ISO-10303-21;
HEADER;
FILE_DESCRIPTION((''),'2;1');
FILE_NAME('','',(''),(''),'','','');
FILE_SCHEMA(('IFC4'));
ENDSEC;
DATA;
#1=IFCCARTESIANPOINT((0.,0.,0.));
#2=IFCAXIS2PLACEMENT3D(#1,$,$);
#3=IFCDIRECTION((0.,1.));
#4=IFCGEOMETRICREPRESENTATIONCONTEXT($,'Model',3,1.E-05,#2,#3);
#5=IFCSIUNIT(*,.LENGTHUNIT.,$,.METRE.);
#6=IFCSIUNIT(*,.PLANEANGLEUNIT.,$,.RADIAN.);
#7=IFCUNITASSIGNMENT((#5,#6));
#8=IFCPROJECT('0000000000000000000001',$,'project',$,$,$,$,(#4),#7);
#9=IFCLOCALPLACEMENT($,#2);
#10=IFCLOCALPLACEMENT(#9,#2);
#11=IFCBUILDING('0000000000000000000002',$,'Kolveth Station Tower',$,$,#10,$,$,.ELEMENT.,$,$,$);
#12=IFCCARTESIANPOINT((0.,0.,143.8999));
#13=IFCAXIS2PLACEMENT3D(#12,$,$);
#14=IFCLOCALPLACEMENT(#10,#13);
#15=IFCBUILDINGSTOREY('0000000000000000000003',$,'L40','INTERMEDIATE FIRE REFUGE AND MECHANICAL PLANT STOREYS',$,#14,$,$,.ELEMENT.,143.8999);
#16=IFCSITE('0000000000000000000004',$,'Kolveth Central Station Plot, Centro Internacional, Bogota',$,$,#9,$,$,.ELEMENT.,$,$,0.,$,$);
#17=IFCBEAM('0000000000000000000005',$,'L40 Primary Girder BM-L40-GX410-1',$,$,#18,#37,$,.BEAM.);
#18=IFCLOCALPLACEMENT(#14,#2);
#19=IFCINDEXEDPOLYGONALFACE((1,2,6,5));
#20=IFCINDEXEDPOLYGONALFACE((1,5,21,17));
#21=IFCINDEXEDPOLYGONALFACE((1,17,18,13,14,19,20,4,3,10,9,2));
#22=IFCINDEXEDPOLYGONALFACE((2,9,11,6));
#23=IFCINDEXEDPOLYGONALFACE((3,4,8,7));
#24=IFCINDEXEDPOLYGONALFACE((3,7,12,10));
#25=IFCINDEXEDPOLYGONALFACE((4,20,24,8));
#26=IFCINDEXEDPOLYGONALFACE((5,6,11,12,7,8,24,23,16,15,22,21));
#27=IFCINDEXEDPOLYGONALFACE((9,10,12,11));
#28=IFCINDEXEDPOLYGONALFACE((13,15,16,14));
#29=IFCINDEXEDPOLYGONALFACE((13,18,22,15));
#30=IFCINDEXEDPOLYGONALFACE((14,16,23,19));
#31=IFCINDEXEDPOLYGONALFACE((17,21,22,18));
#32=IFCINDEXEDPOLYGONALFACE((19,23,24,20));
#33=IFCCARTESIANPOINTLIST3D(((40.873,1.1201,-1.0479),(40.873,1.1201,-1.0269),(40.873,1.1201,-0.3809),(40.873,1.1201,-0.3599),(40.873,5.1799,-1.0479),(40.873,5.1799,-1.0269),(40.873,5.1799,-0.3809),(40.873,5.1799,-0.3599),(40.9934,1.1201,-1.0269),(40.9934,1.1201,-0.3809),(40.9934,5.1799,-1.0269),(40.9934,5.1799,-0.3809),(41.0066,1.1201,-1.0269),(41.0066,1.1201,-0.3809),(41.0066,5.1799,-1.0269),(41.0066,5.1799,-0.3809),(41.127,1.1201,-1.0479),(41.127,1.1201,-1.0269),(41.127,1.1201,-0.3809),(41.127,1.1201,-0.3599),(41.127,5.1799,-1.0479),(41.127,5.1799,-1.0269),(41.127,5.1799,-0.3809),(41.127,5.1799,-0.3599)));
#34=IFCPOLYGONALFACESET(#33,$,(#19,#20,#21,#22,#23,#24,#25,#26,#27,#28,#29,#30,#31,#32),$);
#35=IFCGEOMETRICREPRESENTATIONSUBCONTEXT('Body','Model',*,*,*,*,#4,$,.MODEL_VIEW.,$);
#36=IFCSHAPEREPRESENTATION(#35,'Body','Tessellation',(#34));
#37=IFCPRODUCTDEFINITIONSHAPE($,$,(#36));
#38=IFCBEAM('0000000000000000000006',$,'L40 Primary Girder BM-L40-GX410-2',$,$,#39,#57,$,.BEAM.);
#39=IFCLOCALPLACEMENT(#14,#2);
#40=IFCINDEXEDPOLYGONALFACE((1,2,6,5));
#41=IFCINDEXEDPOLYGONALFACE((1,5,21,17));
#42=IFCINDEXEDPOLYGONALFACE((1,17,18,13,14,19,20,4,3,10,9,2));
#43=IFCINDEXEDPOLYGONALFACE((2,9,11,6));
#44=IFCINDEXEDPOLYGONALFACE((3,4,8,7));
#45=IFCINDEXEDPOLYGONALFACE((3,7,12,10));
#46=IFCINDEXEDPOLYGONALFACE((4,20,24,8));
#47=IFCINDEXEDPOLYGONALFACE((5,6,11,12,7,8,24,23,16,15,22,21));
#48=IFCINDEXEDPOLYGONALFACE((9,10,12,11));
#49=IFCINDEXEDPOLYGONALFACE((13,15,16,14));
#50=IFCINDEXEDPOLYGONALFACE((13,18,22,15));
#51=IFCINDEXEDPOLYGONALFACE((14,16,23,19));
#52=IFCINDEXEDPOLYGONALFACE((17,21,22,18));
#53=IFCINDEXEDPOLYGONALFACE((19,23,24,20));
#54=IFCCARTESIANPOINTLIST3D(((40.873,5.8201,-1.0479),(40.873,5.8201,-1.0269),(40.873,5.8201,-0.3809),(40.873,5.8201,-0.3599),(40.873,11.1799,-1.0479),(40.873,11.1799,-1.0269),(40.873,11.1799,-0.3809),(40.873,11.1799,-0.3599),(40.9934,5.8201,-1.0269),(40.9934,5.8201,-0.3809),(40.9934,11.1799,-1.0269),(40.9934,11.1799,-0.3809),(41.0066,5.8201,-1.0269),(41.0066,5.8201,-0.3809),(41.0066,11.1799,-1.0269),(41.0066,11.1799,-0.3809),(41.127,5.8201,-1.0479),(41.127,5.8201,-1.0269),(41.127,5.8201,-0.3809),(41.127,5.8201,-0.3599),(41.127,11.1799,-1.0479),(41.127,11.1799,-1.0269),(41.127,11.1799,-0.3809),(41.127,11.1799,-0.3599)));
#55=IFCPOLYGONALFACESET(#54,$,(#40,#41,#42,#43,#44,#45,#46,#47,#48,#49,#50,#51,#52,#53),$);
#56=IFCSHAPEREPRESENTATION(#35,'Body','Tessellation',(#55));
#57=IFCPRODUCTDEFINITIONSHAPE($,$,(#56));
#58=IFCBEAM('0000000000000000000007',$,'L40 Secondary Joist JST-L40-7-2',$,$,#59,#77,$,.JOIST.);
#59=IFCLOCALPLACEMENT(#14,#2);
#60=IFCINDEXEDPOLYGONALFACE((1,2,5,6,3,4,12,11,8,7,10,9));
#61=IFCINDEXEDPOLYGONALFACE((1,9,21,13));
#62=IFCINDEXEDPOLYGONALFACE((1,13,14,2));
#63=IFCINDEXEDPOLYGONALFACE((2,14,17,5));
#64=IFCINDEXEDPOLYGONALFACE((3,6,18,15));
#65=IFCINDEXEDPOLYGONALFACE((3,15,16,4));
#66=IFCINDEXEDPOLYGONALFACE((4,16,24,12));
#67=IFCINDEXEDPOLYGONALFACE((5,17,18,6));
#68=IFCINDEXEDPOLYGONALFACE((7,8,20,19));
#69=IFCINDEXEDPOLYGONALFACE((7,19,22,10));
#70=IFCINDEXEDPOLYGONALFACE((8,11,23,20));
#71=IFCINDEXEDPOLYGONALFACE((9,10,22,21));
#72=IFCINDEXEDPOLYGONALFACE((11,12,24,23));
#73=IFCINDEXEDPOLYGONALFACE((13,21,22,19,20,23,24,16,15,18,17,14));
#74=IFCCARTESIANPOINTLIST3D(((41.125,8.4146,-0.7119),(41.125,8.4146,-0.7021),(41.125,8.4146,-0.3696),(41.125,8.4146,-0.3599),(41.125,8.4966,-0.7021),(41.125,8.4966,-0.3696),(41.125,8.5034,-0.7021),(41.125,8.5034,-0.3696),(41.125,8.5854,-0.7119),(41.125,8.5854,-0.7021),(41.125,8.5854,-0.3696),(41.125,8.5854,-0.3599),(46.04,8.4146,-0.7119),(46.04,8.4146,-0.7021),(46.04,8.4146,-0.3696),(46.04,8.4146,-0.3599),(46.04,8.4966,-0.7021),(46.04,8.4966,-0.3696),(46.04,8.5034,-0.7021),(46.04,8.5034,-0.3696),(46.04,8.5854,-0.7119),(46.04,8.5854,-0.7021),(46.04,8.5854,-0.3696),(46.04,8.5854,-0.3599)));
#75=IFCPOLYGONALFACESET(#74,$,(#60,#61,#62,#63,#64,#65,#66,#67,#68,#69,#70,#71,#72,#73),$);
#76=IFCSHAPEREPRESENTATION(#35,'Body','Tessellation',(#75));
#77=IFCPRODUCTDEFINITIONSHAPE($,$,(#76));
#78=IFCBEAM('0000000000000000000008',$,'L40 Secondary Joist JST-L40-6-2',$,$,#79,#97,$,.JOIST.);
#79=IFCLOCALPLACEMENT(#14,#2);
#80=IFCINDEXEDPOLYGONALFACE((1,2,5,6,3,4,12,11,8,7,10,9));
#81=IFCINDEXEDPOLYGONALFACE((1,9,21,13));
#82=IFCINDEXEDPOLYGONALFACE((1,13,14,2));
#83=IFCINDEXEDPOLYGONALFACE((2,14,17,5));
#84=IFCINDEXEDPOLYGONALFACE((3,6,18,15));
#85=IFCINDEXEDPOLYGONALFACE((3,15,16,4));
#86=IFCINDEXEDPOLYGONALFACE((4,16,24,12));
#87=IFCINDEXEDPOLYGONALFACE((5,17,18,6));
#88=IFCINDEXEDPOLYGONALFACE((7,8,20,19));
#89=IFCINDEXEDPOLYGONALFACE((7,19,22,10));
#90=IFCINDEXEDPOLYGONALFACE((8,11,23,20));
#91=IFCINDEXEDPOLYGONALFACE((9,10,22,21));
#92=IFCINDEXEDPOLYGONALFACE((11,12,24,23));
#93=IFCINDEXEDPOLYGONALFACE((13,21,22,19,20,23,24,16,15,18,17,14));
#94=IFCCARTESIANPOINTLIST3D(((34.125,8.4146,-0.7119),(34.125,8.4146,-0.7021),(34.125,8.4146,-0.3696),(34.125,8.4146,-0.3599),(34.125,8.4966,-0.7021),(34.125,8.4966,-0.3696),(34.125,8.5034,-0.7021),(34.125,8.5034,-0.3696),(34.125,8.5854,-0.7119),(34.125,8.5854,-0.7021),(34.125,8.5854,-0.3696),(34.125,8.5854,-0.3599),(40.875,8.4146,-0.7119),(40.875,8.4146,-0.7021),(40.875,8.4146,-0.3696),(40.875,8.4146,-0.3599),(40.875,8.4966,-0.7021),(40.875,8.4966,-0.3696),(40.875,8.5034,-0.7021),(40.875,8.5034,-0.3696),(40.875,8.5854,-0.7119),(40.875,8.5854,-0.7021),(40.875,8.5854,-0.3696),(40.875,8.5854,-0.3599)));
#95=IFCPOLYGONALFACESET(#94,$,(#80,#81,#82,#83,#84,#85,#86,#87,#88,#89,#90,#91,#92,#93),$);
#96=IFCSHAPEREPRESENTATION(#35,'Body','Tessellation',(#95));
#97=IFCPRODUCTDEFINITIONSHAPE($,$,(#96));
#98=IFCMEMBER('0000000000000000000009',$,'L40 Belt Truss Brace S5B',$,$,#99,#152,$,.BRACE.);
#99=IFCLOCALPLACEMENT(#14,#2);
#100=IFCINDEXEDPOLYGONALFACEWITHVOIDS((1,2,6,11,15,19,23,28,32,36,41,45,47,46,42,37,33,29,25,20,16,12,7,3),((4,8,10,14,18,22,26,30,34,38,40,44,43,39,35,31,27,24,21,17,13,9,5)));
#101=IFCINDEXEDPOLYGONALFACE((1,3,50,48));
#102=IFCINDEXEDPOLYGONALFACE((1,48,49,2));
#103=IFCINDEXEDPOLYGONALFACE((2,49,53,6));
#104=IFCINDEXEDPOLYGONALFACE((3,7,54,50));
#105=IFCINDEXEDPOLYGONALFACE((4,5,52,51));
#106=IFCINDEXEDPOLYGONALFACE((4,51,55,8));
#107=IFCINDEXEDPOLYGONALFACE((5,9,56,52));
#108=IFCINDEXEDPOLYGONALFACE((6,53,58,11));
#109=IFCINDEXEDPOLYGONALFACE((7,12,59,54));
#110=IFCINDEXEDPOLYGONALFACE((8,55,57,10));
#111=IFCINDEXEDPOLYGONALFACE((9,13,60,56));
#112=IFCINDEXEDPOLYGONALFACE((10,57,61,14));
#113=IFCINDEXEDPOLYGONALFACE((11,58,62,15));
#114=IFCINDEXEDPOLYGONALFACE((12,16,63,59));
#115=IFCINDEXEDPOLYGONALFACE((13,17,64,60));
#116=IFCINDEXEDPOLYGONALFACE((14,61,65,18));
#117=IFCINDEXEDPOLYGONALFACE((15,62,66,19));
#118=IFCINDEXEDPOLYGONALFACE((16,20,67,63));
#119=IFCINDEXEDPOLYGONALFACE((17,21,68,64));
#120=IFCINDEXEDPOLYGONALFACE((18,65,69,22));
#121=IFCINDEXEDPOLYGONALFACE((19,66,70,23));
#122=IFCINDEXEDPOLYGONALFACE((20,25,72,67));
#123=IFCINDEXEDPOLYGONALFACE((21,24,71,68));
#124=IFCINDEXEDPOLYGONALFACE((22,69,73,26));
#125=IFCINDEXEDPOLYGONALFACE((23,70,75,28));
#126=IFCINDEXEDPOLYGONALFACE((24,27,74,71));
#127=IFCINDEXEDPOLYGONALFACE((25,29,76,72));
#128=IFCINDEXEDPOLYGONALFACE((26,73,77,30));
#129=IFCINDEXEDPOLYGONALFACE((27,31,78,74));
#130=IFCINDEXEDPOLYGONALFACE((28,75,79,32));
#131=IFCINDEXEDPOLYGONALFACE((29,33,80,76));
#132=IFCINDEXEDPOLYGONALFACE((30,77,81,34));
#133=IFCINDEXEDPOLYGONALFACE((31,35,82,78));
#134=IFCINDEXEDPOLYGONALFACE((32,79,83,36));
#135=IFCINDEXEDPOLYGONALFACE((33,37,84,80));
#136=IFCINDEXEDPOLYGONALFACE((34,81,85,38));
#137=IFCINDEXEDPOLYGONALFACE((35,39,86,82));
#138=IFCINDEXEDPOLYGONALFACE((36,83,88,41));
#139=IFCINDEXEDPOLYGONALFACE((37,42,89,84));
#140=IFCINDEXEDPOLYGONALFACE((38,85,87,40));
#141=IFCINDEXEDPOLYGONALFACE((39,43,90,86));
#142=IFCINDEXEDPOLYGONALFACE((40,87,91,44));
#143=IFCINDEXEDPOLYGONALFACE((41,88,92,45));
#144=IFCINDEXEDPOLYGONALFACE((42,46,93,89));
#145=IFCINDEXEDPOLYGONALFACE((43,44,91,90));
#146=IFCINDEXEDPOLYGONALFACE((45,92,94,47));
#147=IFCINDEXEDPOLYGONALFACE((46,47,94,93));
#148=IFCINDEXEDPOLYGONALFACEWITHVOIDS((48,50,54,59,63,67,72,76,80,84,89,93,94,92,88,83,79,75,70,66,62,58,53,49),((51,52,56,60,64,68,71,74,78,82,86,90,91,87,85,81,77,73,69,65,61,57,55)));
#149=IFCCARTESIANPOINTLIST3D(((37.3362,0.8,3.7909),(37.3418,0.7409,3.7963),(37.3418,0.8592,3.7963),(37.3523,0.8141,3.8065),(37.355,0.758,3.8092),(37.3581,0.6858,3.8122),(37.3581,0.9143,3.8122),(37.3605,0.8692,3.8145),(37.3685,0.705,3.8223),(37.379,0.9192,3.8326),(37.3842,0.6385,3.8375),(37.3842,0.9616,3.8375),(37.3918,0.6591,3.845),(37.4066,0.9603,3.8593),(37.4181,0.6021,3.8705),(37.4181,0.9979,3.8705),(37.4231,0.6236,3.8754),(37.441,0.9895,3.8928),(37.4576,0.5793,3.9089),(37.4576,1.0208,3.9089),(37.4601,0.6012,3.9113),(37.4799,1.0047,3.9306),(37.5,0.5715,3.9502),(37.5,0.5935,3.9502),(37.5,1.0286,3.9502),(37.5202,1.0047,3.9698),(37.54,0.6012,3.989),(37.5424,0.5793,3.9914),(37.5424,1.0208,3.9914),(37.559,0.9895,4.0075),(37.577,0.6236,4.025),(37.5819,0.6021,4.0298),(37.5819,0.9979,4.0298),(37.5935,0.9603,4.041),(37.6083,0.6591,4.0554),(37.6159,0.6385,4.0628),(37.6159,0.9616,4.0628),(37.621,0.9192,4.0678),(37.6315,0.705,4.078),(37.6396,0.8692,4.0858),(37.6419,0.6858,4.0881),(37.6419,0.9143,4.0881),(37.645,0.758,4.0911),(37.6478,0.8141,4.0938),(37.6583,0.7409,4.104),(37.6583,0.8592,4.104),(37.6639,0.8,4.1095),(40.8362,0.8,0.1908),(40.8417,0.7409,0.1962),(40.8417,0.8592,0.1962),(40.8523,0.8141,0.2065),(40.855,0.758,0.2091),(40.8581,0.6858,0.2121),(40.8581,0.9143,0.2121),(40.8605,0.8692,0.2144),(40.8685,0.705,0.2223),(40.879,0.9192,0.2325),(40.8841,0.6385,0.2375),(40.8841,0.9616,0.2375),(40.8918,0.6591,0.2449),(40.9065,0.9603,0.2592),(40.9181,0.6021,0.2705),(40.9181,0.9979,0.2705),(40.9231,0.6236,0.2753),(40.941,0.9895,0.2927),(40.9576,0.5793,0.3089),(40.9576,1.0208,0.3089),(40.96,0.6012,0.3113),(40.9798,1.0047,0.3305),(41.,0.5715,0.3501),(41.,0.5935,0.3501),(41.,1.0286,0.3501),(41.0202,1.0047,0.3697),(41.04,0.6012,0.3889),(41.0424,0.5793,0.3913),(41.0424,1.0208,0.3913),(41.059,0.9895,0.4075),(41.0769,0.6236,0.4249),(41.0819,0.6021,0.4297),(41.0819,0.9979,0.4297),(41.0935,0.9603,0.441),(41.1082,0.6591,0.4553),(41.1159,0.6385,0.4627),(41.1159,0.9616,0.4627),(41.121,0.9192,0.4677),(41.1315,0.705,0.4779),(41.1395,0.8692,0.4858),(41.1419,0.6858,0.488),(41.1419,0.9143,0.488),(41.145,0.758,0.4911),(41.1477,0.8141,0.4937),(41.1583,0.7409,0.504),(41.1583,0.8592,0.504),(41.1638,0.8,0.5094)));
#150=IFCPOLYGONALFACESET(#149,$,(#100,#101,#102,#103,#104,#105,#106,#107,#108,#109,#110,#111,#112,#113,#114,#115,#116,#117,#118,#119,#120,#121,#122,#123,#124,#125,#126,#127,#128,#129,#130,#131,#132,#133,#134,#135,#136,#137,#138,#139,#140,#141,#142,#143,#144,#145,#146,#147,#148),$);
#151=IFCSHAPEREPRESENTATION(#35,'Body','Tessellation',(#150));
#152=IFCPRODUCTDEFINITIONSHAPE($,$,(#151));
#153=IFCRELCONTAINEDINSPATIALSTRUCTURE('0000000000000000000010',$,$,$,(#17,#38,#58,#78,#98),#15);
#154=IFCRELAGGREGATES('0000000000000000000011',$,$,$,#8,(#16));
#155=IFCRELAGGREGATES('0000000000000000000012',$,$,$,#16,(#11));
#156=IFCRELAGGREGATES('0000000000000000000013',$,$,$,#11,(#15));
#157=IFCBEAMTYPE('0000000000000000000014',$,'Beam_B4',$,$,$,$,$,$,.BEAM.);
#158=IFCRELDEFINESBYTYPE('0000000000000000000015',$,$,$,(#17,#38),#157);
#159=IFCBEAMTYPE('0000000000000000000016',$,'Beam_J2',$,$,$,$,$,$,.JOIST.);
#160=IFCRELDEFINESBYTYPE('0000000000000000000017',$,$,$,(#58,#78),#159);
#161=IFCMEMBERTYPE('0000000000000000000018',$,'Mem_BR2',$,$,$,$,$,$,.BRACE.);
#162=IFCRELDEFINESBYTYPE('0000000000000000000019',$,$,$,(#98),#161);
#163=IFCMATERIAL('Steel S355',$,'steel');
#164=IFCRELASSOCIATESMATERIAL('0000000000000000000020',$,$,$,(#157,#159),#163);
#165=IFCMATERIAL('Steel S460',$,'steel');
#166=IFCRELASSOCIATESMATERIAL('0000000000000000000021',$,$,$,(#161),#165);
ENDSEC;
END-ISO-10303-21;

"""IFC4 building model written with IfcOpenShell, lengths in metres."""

from ifc_helpers import new_model, si_unit, direction, frame, origin, origin_2d, place, context, subcontext, project, spatial, hollow_circle, i_section, extrude, source, transform, mapped, material, material_profile, profile_set, type_object, element, save


model = new_model("IFC4")

# Units and contexts
model_context = context("Model", 3, precision=1e-05, world=origin(), true_north=direction((0.0, 1.0)))
body_context = subcontext(model_context, "Body", "Model", "MODEL_VIEW")
ifc_project = project(units=[si_unit("LENGTHUNIT", "METRE"), si_unit("PLANEANGLEUNIT", "RADIAN")], contexts=[model_context])

# Site, building, storey
site_placement = place(None, origin())
site = spatial("IfcSite", under=ifc_project, at=site_placement, Name="Kolveth Central Station Plot, Centro Internacional, Bogota", CompositionType="ELEMENT", RefElevation=0.0)
building_placement = place(site_placement, origin())
building = spatial("IfcBuilding", under=site, at=building_placement, Name="Kolveth Station Tower", CompositionType="ELEMENT")
storey_placement = place(building_placement, frame((0.0, 0.0, 143.8999)))
storey = spatial("IfcBuildingStorey", under=building, at=storey_placement, Name="L40", Description="INTERMEDIATE FIRE REFUGE AND MECHANICAL PLANT STOREYS", CompositionType="ELEMENT", Elevation=143.8999)

# Shared definitions
ifc_material_1 = material(Name="Steel S460", Category="steel")

# Beams
ifc_material_2 = material(Name="Steel S355", Category="steel")
ifc_material_profile_1 = material_profile(ifc_material_2, i_section(OverallWidth=0.2539, OverallDepth=0.688, WebThickness=0.0132, FlangeThickness=0.021, at=origin_2d()), Name="W690x152")
ifc_profile_set_1 = profile_set([ifc_material_profile_1], Name="Steel S355")
beam_type_1 = type_object("IfcBeamType", Name="Beam_B4", PredefinedType="BEAM", material=ifc_profile_set_1)
shared_shape_1 = source(origin(), body_context, "Body", "SweptSolid", [
    extrude(i_section(OverallWidth=0.2539, OverallDepth=0.688, WebThickness=0.0132, FlangeThickness=0.021, at=origin_2d()), origin(), (0.0, 0.0, 1.0), 4.0598),
])
beam_1_placement = place(storey_placement, frame((41.0, 1.1201, -0.7039), z_axis=(0.0, 1.0, 0.0), x_axis=(-1.0, 0.0, 0.0)))
element("IfcBeam", 1, at=beam_1_placement, inside=storey, type_object=beam_type_1, Name="L40 Primary Girder BM-L40-GX410-1", PredefinedType="BEAM", context=body_context, shape_type="MappedRepresentation", body=[
    mapped(shared_shape_1, transform((0.0, 0.0, 0.0), x_axis=(1.0, 0.0, 0.0), y_axis=(0.0, 1.0, 0.0), z_axis=(0.0, 0.0, 1.0), scale=1.0)),
])
shared_shape_2 = source(origin(), body_context, "Body", "SweptSolid", [
    extrude(i_section(OverallWidth=0.2539, OverallDepth=0.688, WebThickness=0.0132, FlangeThickness=0.021, at=origin_2d()), origin(), (0.0, 0.0, 1.0), 5.3599),
])
beam_2_placement = place(storey_placement, frame((41.0, 5.8201, -0.7039), z_axis=(0.0, 1.0, 0.0), x_axis=(-1.0, 0.0, 0.0)))
element("IfcBeam", 2, at=beam_2_placement, inside=storey, type_object=beam_type_1, Name="L40 Primary Girder BM-L40-GX410-2", PredefinedType="BEAM", context=body_context, shape_type="MappedRepresentation", body=[
    mapped(shared_shape_2, transform((0.0, 0.0, 0.0), x_axis=(1.0, 0.0, 0.0), y_axis=(0.0, 1.0, 0.0), z_axis=(0.0, 0.0, 1.0), scale=1.0)),
])
ifc_material_profile_2 = material_profile(ifc_material_2, i_section(OverallWidth=0.1709, OverallDepth=0.3521, WebThickness=0.0068, FlangeThickness=0.0098, at=origin_2d()), Name="W360x44")
ifc_profile_set_2 = profile_set([ifc_material_profile_2], Name="Steel S355")
beam_type_2 = type_object("IfcBeamType", Name="Beam_J2", PredefinedType="JOIST", material=ifc_profile_set_2)
shared_shape_3 = source(origin(), body_context, "Body", "SweptSolid", [
    extrude(i_section(OverallWidth=0.1709, OverallDepth=0.3521, WebThickness=0.0068, FlangeThickness=0.0098, at=origin_2d()), origin(), (0.0, 0.0, 1.0), 4.915),
])
beam_3_placement = place(storey_placement, frame((41.125, 8.5, -0.5359), z_axis=(1.0, 0.0, 0.0), x_axis=(0.0, 1.0, 0.0)))
element("IfcBeam", 3, at=beam_3_placement, inside=storey, type_object=beam_type_2, Name="L40 Secondary Joist JST-L40-7-2", PredefinedType="JOIST", context=body_context, shape_type="MappedRepresentation", body=[
    mapped(shared_shape_3, transform((0.0, 0.0, 0.0), x_axis=(1.0, 0.0, 0.0), y_axis=(0.0, 1.0, 0.0), z_axis=(0.0, 0.0, 1.0), scale=1.0)),
])
shared_shape_4 = source(origin(), body_context, "Body", "SweptSolid", [
    extrude(i_section(OverallWidth=0.1709, OverallDepth=0.3521, WebThickness=0.0068, FlangeThickness=0.0098, at=origin_2d()), origin(), (0.0, 0.0, 1.0), 6.75),
])
beam_4_placement = place(storey_placement, frame((34.125, 8.5, -0.5359), z_axis=(1.0, 0.0, 0.0), x_axis=(0.0, 1.0, 0.0)))
element("IfcBeam", 4, at=beam_4_placement, inside=storey, type_object=beam_type_2, Name="L40 Secondary Joist JST-L40-6-2", PredefinedType="JOIST", context=body_context, shape_type="MappedRepresentation", body=[
    mapped(shared_shape_4, transform((0.0, 0.0, 0.0), x_axis=(1.0, 0.0, 0.0), y_axis=(0.0, 1.0, 0.0), z_axis=(0.0, 0.0, 1.0), scale=1.0)),
])

# Member
ifc_material_profile_3 = material_profile(ifc_material_1, hollow_circle(Radius=0.2285, WallThickness=0.022, at=origin_2d()), Name="CHS457x22")
ifc_profile_set_3 = profile_set([ifc_material_profile_3], Name="Steel S460")
member_type = type_object("IfcMemberType", Name="Mem_BR2", PredefinedType="BRACE", material=ifc_profile_set_3)
shared_shape_5 = source(origin(), body_context, "Body", "SweptSolid", [
    extrude(hollow_circle(Radius=0.2285, WallThickness=0.022, at=origin_2d()), origin(), (0.0, 0.0, 1.0), 5.021),
])
member_1_placement = place(storey_placement, frame((41.0, 0.8, 0.3501), z_axis=(-0.697069, 0.0, 0.717004), x_axis=(0.0, -1.0, 0.0)))
element("IfcMember", 5, at=member_1_placement, inside=storey, type_object=member_type, Name="L40 Belt Truss Brace S5B", PredefinedType="BRACE", context=body_context, shape_type="MappedRepresentation", body=[
    mapped(shared_shape_5, transform((0.0, 0.0, 0.0), x_axis=(1.0, 0.0, 0.0), y_axis=(0.0, 1.0, 0.0), z_axis=(0.0, 0.0, 1.0), scale=1.0)),
])

save(model, "model.ifc")
